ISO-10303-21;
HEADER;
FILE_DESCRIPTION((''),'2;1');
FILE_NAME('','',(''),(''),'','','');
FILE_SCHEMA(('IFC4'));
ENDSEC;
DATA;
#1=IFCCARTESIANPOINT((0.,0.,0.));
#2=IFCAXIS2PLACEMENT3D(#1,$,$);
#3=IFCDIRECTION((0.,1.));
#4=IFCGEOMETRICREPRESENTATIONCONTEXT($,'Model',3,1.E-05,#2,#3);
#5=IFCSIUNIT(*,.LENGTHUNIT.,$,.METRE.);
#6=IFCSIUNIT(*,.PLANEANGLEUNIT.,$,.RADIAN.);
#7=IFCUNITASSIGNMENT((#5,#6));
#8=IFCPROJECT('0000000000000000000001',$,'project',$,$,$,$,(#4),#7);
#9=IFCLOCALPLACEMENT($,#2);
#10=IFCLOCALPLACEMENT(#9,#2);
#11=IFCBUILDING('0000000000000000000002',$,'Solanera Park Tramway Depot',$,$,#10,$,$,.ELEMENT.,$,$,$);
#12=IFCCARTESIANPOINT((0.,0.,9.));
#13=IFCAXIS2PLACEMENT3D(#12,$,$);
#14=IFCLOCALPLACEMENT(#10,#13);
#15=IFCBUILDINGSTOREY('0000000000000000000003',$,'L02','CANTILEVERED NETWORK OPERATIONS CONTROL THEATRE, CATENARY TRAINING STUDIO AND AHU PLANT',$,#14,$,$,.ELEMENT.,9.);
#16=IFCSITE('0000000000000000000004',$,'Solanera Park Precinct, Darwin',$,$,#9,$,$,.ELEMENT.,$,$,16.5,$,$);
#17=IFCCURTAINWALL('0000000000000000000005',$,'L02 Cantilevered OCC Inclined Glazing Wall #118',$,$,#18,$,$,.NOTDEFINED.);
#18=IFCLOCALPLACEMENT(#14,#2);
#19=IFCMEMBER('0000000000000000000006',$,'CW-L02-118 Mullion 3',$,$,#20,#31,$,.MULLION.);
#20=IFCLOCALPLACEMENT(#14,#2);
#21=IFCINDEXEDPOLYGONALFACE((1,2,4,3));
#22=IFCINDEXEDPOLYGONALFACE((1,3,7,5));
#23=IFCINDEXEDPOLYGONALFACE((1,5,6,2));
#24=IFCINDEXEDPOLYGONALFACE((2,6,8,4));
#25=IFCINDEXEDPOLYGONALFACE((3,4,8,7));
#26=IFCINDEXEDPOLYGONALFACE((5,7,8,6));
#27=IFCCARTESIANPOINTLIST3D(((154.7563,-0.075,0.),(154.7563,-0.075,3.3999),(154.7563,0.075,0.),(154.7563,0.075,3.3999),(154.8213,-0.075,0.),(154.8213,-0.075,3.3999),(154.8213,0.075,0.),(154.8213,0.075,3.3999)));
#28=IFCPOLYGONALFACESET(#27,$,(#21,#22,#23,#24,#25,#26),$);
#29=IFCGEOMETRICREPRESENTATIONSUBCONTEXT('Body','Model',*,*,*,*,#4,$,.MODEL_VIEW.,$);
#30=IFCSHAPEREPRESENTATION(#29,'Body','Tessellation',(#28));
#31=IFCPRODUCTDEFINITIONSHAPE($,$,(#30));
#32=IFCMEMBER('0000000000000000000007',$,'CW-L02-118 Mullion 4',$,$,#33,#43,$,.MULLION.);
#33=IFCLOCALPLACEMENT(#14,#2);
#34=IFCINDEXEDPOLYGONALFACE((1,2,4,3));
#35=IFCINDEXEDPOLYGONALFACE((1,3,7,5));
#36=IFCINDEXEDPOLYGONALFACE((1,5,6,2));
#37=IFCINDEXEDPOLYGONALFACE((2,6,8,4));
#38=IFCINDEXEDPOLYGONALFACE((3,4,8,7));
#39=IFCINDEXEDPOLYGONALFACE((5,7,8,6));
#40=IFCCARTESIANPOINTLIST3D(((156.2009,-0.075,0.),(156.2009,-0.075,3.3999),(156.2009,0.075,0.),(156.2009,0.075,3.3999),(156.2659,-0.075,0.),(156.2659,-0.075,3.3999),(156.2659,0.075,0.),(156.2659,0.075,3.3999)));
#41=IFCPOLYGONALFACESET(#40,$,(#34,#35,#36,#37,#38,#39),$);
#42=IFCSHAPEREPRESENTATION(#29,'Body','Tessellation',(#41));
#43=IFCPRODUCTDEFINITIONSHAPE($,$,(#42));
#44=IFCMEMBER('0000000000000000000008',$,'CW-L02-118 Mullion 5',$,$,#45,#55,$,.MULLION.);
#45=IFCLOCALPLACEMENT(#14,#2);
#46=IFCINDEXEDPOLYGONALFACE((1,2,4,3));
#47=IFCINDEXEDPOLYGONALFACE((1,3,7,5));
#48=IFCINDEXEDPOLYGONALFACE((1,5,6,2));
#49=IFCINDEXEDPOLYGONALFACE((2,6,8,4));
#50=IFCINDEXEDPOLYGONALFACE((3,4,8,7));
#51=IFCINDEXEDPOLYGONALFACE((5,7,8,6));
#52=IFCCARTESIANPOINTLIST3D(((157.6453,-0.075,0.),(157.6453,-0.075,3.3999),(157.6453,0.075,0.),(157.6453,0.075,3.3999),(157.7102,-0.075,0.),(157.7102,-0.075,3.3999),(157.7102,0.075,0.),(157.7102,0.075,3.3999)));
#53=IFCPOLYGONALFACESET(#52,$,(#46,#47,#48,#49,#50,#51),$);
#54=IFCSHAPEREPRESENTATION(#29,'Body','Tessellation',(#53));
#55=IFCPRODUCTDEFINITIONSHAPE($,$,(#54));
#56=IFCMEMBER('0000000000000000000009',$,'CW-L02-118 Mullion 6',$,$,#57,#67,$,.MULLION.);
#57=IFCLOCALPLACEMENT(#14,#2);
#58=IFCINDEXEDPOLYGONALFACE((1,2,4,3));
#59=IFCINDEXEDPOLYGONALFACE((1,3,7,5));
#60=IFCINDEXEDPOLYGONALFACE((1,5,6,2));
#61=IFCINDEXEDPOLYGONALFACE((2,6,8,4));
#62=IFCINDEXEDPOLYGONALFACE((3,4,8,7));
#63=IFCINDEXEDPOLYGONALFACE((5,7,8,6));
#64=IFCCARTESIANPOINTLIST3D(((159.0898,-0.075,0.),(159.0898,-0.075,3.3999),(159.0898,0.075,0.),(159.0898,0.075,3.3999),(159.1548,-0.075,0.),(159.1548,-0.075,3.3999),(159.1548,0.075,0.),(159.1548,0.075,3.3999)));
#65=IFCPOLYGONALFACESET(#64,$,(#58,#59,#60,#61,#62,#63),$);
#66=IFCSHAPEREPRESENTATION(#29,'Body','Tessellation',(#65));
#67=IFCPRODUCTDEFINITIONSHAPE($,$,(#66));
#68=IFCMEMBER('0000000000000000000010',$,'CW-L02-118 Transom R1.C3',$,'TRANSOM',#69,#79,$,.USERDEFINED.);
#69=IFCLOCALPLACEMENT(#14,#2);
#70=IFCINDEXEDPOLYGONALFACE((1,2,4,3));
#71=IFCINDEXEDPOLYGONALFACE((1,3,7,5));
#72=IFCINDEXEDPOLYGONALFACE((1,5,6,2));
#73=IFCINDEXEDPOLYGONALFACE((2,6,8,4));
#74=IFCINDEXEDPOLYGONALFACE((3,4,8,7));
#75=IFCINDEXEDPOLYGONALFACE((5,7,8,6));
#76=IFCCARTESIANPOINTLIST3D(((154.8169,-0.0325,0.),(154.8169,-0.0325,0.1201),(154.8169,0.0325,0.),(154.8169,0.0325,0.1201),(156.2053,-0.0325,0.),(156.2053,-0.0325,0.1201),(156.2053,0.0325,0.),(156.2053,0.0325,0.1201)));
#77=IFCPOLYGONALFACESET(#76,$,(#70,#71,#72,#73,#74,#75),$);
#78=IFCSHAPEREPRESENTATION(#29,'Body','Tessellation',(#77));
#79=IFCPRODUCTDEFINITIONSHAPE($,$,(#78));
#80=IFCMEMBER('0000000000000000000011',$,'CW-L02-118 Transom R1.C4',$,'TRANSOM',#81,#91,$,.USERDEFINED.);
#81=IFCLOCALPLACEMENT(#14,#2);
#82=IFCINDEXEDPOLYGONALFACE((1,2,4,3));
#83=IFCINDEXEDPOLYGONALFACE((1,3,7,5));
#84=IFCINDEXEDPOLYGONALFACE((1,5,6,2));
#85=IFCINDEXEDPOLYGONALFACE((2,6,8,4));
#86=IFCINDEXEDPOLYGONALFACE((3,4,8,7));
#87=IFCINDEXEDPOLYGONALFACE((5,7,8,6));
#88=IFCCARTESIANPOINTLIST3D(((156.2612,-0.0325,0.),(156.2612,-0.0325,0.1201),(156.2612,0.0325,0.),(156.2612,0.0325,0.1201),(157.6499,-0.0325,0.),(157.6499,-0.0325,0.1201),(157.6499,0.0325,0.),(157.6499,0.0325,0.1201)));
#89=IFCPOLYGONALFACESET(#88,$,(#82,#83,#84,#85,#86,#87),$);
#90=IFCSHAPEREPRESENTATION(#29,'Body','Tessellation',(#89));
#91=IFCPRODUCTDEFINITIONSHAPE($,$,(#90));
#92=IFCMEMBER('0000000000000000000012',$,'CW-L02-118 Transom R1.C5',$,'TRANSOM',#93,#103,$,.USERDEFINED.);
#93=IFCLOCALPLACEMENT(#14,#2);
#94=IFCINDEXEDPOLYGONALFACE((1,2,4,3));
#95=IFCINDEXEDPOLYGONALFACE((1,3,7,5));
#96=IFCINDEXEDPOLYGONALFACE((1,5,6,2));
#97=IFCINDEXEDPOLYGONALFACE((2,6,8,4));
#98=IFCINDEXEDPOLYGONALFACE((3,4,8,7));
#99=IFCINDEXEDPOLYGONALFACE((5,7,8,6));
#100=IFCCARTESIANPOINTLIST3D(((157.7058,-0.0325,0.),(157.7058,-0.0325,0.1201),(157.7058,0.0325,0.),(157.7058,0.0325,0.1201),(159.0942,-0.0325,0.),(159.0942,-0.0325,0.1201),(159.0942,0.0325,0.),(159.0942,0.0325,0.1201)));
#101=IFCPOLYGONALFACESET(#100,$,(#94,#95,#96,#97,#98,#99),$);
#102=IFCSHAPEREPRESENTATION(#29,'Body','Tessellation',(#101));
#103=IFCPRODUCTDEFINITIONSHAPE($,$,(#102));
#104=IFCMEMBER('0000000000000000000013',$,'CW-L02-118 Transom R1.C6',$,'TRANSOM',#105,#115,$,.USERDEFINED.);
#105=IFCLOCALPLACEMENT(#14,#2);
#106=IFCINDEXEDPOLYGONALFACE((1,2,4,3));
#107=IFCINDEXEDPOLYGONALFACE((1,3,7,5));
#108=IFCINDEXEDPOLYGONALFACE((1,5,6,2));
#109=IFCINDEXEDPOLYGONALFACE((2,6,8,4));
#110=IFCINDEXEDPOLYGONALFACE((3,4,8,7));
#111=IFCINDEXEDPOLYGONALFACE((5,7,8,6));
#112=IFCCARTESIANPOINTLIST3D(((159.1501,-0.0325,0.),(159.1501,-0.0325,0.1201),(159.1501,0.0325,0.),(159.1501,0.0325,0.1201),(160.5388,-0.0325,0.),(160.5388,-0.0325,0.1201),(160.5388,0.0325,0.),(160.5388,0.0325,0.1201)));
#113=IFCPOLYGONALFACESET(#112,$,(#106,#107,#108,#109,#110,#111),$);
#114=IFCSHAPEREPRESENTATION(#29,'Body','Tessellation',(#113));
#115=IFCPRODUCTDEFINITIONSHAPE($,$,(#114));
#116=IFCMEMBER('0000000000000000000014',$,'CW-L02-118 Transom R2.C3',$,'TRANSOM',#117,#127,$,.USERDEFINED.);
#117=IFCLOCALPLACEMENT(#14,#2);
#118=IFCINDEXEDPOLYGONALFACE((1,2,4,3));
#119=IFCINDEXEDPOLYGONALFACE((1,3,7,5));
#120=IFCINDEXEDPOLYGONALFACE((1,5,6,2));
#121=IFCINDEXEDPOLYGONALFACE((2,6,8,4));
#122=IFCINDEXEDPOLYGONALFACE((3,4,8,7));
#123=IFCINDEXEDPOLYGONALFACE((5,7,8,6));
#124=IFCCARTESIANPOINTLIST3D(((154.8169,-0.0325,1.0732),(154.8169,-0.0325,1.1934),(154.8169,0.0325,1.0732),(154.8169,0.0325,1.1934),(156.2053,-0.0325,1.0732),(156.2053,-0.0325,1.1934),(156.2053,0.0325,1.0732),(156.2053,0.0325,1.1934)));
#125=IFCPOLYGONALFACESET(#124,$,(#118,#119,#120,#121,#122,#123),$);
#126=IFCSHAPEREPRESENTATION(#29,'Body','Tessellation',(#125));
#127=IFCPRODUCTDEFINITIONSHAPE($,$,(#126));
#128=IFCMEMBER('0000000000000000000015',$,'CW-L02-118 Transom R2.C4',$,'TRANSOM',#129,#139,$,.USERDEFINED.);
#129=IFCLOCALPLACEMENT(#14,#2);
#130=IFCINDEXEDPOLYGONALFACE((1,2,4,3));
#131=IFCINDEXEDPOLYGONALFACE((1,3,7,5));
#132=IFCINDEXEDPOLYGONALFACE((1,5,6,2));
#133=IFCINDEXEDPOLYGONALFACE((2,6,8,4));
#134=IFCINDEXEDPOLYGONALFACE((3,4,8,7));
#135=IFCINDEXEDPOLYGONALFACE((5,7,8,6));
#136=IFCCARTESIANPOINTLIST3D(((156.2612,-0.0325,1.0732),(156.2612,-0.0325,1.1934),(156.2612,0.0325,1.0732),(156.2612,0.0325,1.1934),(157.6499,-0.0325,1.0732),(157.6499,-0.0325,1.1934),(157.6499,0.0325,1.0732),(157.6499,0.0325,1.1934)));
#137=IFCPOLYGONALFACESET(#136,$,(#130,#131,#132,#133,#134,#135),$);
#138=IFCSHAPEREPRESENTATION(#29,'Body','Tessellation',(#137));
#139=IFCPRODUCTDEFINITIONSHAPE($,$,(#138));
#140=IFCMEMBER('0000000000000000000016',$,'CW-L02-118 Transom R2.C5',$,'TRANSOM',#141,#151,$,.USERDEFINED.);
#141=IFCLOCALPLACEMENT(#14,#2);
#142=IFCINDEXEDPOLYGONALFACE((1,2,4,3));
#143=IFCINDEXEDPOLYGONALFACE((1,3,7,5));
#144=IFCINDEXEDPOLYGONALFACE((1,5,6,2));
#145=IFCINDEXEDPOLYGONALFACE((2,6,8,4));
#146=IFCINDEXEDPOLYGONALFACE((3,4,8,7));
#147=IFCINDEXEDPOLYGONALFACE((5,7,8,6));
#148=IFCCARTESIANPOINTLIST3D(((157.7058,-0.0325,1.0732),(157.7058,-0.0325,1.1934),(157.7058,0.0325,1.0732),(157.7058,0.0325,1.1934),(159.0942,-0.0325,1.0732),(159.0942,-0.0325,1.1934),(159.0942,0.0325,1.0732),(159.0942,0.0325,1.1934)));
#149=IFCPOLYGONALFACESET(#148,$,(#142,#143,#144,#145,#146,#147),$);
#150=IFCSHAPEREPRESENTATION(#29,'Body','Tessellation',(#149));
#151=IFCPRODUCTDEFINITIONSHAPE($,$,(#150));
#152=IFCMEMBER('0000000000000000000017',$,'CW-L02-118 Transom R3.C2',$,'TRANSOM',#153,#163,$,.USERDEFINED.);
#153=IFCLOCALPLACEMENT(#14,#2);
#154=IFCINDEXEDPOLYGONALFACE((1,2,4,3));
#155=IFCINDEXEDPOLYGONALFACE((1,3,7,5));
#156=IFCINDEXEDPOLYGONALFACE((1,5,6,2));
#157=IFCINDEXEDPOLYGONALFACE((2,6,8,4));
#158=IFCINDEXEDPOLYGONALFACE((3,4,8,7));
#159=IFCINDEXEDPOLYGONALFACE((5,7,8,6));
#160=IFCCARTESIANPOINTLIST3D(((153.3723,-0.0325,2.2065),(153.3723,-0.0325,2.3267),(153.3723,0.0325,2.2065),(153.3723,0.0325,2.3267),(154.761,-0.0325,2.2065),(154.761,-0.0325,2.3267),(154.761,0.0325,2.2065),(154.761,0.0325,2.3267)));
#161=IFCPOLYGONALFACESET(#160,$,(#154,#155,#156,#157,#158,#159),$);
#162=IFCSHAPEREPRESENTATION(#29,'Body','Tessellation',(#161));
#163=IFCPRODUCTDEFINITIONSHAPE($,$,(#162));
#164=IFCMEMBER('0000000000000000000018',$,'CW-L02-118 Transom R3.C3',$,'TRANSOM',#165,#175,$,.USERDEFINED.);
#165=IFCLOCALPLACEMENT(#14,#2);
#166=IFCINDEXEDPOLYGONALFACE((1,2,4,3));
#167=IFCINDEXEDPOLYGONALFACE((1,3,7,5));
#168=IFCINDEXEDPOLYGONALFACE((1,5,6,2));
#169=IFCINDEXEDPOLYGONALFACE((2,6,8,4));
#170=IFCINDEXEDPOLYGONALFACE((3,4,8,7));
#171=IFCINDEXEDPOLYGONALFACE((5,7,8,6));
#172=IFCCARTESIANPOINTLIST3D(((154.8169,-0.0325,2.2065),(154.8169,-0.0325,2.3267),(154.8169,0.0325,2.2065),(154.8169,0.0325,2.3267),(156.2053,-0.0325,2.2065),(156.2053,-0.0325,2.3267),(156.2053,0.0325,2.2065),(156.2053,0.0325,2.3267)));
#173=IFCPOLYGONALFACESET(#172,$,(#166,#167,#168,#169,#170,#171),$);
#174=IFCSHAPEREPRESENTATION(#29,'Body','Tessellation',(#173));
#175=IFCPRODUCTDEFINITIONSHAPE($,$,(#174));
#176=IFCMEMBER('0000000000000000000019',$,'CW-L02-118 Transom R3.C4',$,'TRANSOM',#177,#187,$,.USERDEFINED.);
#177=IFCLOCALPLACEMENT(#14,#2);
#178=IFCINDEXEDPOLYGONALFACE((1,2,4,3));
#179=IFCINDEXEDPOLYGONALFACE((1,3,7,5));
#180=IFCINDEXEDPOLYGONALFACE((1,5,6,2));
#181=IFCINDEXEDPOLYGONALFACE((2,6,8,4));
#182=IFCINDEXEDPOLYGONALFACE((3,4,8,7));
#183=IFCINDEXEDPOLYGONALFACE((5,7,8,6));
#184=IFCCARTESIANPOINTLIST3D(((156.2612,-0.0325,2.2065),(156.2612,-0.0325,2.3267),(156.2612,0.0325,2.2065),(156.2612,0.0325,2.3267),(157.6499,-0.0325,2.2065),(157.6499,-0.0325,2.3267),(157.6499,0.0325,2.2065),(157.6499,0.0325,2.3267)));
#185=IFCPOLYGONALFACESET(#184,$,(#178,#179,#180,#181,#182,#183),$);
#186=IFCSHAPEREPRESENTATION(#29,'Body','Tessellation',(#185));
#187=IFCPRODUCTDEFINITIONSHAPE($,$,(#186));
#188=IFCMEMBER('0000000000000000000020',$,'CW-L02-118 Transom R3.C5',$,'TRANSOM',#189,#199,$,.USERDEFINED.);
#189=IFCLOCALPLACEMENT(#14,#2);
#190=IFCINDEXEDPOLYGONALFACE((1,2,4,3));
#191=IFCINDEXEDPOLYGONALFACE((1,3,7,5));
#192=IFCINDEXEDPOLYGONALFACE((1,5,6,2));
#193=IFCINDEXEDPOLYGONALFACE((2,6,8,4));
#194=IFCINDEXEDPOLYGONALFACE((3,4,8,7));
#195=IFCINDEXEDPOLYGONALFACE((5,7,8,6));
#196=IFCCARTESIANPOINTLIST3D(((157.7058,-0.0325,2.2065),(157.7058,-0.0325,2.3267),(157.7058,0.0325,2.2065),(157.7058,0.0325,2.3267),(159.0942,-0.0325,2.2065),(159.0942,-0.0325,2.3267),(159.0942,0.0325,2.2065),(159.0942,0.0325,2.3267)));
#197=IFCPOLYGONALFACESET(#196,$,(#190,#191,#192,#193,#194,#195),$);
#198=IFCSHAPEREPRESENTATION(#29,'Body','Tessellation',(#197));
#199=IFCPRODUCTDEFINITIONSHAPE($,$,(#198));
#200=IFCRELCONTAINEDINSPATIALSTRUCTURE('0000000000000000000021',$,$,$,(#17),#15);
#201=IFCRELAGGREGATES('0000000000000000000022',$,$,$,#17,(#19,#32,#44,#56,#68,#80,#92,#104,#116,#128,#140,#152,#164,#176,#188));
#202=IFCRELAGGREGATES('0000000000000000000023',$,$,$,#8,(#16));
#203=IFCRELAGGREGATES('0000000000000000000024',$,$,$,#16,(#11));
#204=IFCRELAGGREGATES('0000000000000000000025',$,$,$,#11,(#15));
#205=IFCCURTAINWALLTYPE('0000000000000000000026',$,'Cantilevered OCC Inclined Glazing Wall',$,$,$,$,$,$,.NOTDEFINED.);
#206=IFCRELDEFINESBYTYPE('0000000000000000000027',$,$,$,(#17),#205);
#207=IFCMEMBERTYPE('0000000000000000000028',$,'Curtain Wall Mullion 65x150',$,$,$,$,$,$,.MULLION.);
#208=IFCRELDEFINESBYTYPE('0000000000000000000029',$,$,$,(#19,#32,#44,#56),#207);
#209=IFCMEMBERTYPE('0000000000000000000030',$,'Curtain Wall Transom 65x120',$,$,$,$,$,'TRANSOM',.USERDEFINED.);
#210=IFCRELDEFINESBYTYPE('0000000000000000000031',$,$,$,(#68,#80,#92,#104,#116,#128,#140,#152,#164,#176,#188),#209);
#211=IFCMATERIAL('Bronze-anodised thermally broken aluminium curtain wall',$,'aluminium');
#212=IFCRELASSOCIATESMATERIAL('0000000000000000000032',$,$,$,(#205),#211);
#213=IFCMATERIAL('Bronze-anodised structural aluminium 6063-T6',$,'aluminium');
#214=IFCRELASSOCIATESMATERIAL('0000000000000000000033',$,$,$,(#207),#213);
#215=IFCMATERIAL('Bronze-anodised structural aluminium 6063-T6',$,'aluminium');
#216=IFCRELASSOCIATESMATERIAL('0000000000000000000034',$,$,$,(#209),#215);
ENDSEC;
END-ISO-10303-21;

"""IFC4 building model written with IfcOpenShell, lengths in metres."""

from ifc_helpers import new_model, si_unit, direction, frame, origin, origin_2d, place, context, subcontext, project, spatial, rectangle, extrude, material, material_profile, profile_set, type_object, element, aggregate, save


model = new_model("IFC4")

# Units and contexts
model_context = context("Model", 3, precision=1e-05, world=origin(), true_north=direction((0.0, 1.0)))
body_context = subcontext(model_context, "Body", "Model", "MODEL_VIEW")
ifc_project = project(units=[si_unit("LENGTHUNIT", "METRE"), si_unit("PLANEANGLEUNIT", "RADIAN")], contexts=[model_context])

# Site, building, storey
site_placement = place(None, origin())
site = spatial("IfcSite", under=ifc_project, at=site_placement, Name="Solanera Park Precinct, Darwin", CompositionType="ELEMENT", RefElevation=16.5)
building_placement = place(site_placement, origin())
building = spatial("IfcBuilding", under=site, at=building_placement, Name="Solanera Park Tramway Depot", CompositionType="ELEMENT")
storey_placement = place(building_placement, frame((0.0, 0.0, 9.0)))
storey = spatial("IfcBuildingStorey", under=building, at=storey_placement, Name="L02", Description="CANTILEVERED NETWORK OPERATIONS CONTROL THEATRE, CATENARY TRAINING STUDIO AND AHU PLANT", CompositionType="ELEMENT", Elevation=9.0)

# Curtain wall, members
ifc_material_1 = material(Name="Bronze-anodised thermally broken aluminium curtain wall", Category="aluminium")
curtain_wall_type = type_object("IfcCurtainWallType", Name="Cantilevered OCC Inclined Glazing Wall", PredefinedType="NOTDEFINED", material=ifc_material_1)
curtain_wall_placement = place(storey_placement, origin())
curtain_wall = element("IfcCurtainWall", 1, at=curtain_wall_placement, inside=storey, type_object=curtain_wall_type, Name="L02 Cantilevered OCC Inclined Glazing Wall #118", PredefinedType="NOTDEFINED")
ifc_material_2 = material(Name="Bronze-anodised structural aluminium 6063-T6", Category="aluminium")
ifc_material_profile_1 = material_profile(ifc_material_2, rectangle(XDim=0.0649, YDim=0.1499, at=origin_2d()), Name="Curtain Wall Mullion 65x150")
ifc_profile_set_1 = profile_set([ifc_material_profile_1], Name="Bronze-anodised structural aluminium 6063-T6")
member_type_1 = type_object("IfcMemberType", Name="Curtain Wall Mullion 65x150", PredefinedType="MULLION", material=ifc_profile_set_1)
member_1_placement = place(storey_placement, frame((154.7888, 0.0, 0.0), z_axis=(0.0, 0.0, 1.0), x_axis=(1.0, 0.0, 0.0)))
member_1 = element("IfcMember", 2, at=member_1_placement, type_object=member_type_1, Name="CW-L02-118 Mullion 3", PredefinedType="MULLION", context=body_context, shape_type="SweptSolid", body=[
    extrude(rectangle(XDim=0.0649, YDim=0.1499, at=origin_2d()), origin(), (0.0, 0.0, 1.0), 3.3999),
])
member_2_placement = place(storey_placement, frame((156.2334, 0.0, 0.0), z_axis=(0.0, 0.0, 1.0), x_axis=(1.0, 0.0, 0.0)))
member_2 = element("IfcMember", 3, at=member_2_placement, type_object=member_type_1, Name="CW-L02-118 Mullion 4", PredefinedType="MULLION", context=body_context, shape_type="SweptSolid", body=[
    extrude(rectangle(XDim=0.0649, YDim=0.1499, at=origin_2d()), origin(), (0.0, 0.0, 1.0), 3.3999),
])
member_3_placement = place(storey_placement, frame((157.6777, 0.0, 0.0), z_axis=(0.0, 0.0, 1.0), x_axis=(1.0, 0.0, 0.0)))
member_3 = element("IfcMember", 4, at=member_3_placement, type_object=member_type_1, Name="CW-L02-118 Mullion 5", PredefinedType="MULLION", context=body_context, shape_type="SweptSolid", body=[
    extrude(rectangle(XDim=0.0649, YDim=0.1499, at=origin_2d()), origin(), (0.0, 0.0, 1.0), 3.3999),
])
member_4_placement = place(storey_placement, frame((159.1223, 0.0, 0.0), z_axis=(0.0, 0.0, 1.0), x_axis=(1.0, 0.0, 0.0)))
member_4 = element("IfcMember", 5, at=member_4_placement, type_object=member_type_1, Name="CW-L02-118 Mullion 6", PredefinedType="MULLION", context=body_context, shape_type="SweptSolid", body=[
    extrude(rectangle(XDim=0.0649, YDim=0.1499, at=origin_2d()), origin(), (0.0, 0.0, 1.0), 3.3999),
])
ifc_material_3 = material(Name="Bronze-anodised structural aluminium 6063-T6", Category="aluminium")
ifc_material_profile_2 = material_profile(ifc_material_3, rectangle(XDim=0.0649, YDim=0.1201, at=origin_2d()), Name="Curtain Wall Transom 65x120")
ifc_profile_set_2 = profile_set([ifc_material_profile_2], Name="Bronze-anodised structural aluminium 6063-T6")
member_type_2 = type_object("IfcMemberType", Name="Curtain Wall Transom 65x120", ElementType="TRANSOM", PredefinedType="USERDEFINED", material=ifc_profile_set_2)
member_5_placement = place(storey_placement, frame((154.8169, 0.0, 0.0601), z_axis=(1.0, 0.0, 0.0), x_axis=(0.0, 1.0, 0.0)))
member_5 = element("IfcMember", 6, at=member_5_placement, type_object=member_type_2, Name="CW-L02-118 Transom R1.C3", ObjectType="TRANSOM", PredefinedType="USERDEFINED", context=body_context, shape_type="SweptSolid", body=[
    extrude(rectangle(XDim=0.0649, YDim=0.1201, at=origin_2d()), origin(), (0.0, 0.0, 1.0), 1.3884),
])
member_6_placement = place(storey_placement, frame((156.2612, 0.0, 0.0601), z_axis=(1.0, 0.0, 0.0), x_axis=(0.0, 1.0, 0.0)))
member_6 = element("IfcMember", 7, at=member_6_placement, type_object=member_type_2, Name="CW-L02-118 Transom R1.C4", ObjectType="TRANSOM", PredefinedType="USERDEFINED", context=body_context, shape_type="SweptSolid", body=[
    extrude(rectangle(XDim=0.0649, YDim=0.1201, at=origin_2d()), origin(), (0.0, 0.0, 1.0), 1.3887),
])
member_7_placement = place(storey_placement, frame((157.7058, 0.0, 0.0601), z_axis=(1.0, 0.0, 0.0), x_axis=(0.0, 1.0, 0.0)))
member_7 = element("IfcMember", 8, at=member_7_placement, type_object=member_type_2, Name="CW-L02-118 Transom R1.C5", ObjectType="TRANSOM", PredefinedType="USERDEFINED", context=body_context, shape_type="SweptSolid", body=[
    extrude(rectangle(XDim=0.0649, YDim=0.1201, at=origin_2d()), origin(), (0.0, 0.0, 1.0), 1.3884),
])
member_8_placement = place(storey_placement, frame((159.1501, 0.0, 0.0601), z_axis=(1.0, 0.0, 0.0), x_axis=(0.0, 1.0, 0.0)))
member_8 = element("IfcMember", 9, at=member_8_placement, type_object=member_type_2, Name="CW-L02-118 Transom R1.C6", ObjectType="TRANSOM", PredefinedType="USERDEFINED", context=body_context, shape_type="SweptSolid", body=[
    extrude(rectangle(XDim=0.0649, YDim=0.1201, at=origin_2d()), origin(), (0.0, 0.0, 1.0), 1.3887),
])
member_9_placement = place(storey_placement, frame((154.8169, 0.0, 1.1333), z_axis=(1.0, 0.0, 0.0), x_axis=(0.0, 1.0, 0.0)))
member_9 = element("IfcMember", 10, at=member_9_placement, type_object=member_type_2, Name="CW-L02-118 Transom R2.C3", ObjectType="TRANSOM", PredefinedType="USERDEFINED", context=body_context, shape_type="SweptSolid", body=[
    extrude(rectangle(XDim=0.0649, YDim=0.1201, at=origin_2d()), origin(), (0.0, 0.0, 1.0), 1.3884),
])
member_10_placement = place(storey_placement, frame((156.2612, 0.0, 1.1333), z_axis=(1.0, 0.0, 0.0), x_axis=(0.0, 1.0, 0.0)))
member_10 = element("IfcMember", 11, at=member_10_placement, type_object=member_type_2, Name="CW-L02-118 Transom R2.C4", ObjectType="TRANSOM", PredefinedType="USERDEFINED", context=body_context, shape_type="SweptSolid", body=[
    extrude(rectangle(XDim=0.0649, YDim=0.1201, at=origin_2d()), origin(), (0.0, 0.0, 1.0), 1.3887),
])
member_11_placement = place(storey_placement, frame((157.7058, 0.0, 1.1333), z_axis=(1.0, 0.0, 0.0), x_axis=(0.0, 1.0, 0.0)))
member_11 = element("IfcMember", 12, at=member_11_placement, type_object=member_type_2, Name="CW-L02-118 Transom R2.C5", ObjectType="TRANSOM", PredefinedType="USERDEFINED", context=body_context, shape_type="SweptSolid", body=[
    extrude(rectangle(XDim=0.0649, YDim=0.1201, at=origin_2d()), origin(), (0.0, 0.0, 1.0), 1.3884),
])
member_12_placement = place(storey_placement, frame((153.3723, 0.0, 2.2666), z_axis=(1.0, 0.0, 0.0), x_axis=(0.0, 1.0, 0.0)))
member_12 = element("IfcMember", 13, at=member_12_placement, type_object=member_type_2, Name="CW-L02-118 Transom R3.C2", ObjectType="TRANSOM", PredefinedType="USERDEFINED", context=body_context, shape_type="SweptSolid", body=[
    extrude(rectangle(XDim=0.0649, YDim=0.1201, at=origin_2d()), origin(), (0.0, 0.0, 1.0), 1.3887),
])
member_13_placement = place(storey_placement, frame((154.8169, 0.0, 2.2666), z_axis=(1.0, 0.0, 0.0), x_axis=(0.0, 1.0, 0.0)))
member_13 = element("IfcMember", 14, at=member_13_placement, type_object=member_type_2, Name="CW-L02-118 Transom R3.C3", ObjectType="TRANSOM", PredefinedType="USERDEFINED", context=body_context, shape_type="SweptSolid", body=[
    extrude(rectangle(XDim=0.0649, YDim=0.1201, at=origin_2d()), origin(), (0.0, 0.0, 1.0), 1.3884),
])
member_14_placement = place(storey_placement, frame((156.2612, 0.0, 2.2666), z_axis=(1.0, 0.0, 0.0), x_axis=(0.0, 1.0, 0.0)))
member_14 = element("IfcMember", 15, at=member_14_placement, type_object=member_type_2, Name="CW-L02-118 Transom R3.C4", ObjectType="TRANSOM", PredefinedType="USERDEFINED", context=body_context, shape_type="SweptSolid", body=[
    extrude(rectangle(XDim=0.0649, YDim=0.1201, at=origin_2d()), origin(), (0.0, 0.0, 1.0), 1.3887),
])
member_15_placement = place(storey_placement, frame((157.7058, 0.0, 2.2666), z_axis=(1.0, 0.0, 0.0), x_axis=(0.0, 1.0, 0.0)))
member_15 = element("IfcMember", 16, at=member_15_placement, type_object=member_type_2, Name="CW-L02-118 Transom R3.C5", ObjectType="TRANSOM", PredefinedType="USERDEFINED", context=body_context, shape_type="SweptSolid", body=[
    extrude(rectangle(XDim=0.0649, YDim=0.1201, at=origin_2d()), origin(), (0.0, 0.0, 1.0), 1.3884),
])
aggregate(curtain_wall, [member_1, member_2, member_3, member_4, member_5, member_6, member_7, member_8, member_9, member_10, member_11, member_12, member_13, member_14, member_15])

save(model, "model.ifc")
